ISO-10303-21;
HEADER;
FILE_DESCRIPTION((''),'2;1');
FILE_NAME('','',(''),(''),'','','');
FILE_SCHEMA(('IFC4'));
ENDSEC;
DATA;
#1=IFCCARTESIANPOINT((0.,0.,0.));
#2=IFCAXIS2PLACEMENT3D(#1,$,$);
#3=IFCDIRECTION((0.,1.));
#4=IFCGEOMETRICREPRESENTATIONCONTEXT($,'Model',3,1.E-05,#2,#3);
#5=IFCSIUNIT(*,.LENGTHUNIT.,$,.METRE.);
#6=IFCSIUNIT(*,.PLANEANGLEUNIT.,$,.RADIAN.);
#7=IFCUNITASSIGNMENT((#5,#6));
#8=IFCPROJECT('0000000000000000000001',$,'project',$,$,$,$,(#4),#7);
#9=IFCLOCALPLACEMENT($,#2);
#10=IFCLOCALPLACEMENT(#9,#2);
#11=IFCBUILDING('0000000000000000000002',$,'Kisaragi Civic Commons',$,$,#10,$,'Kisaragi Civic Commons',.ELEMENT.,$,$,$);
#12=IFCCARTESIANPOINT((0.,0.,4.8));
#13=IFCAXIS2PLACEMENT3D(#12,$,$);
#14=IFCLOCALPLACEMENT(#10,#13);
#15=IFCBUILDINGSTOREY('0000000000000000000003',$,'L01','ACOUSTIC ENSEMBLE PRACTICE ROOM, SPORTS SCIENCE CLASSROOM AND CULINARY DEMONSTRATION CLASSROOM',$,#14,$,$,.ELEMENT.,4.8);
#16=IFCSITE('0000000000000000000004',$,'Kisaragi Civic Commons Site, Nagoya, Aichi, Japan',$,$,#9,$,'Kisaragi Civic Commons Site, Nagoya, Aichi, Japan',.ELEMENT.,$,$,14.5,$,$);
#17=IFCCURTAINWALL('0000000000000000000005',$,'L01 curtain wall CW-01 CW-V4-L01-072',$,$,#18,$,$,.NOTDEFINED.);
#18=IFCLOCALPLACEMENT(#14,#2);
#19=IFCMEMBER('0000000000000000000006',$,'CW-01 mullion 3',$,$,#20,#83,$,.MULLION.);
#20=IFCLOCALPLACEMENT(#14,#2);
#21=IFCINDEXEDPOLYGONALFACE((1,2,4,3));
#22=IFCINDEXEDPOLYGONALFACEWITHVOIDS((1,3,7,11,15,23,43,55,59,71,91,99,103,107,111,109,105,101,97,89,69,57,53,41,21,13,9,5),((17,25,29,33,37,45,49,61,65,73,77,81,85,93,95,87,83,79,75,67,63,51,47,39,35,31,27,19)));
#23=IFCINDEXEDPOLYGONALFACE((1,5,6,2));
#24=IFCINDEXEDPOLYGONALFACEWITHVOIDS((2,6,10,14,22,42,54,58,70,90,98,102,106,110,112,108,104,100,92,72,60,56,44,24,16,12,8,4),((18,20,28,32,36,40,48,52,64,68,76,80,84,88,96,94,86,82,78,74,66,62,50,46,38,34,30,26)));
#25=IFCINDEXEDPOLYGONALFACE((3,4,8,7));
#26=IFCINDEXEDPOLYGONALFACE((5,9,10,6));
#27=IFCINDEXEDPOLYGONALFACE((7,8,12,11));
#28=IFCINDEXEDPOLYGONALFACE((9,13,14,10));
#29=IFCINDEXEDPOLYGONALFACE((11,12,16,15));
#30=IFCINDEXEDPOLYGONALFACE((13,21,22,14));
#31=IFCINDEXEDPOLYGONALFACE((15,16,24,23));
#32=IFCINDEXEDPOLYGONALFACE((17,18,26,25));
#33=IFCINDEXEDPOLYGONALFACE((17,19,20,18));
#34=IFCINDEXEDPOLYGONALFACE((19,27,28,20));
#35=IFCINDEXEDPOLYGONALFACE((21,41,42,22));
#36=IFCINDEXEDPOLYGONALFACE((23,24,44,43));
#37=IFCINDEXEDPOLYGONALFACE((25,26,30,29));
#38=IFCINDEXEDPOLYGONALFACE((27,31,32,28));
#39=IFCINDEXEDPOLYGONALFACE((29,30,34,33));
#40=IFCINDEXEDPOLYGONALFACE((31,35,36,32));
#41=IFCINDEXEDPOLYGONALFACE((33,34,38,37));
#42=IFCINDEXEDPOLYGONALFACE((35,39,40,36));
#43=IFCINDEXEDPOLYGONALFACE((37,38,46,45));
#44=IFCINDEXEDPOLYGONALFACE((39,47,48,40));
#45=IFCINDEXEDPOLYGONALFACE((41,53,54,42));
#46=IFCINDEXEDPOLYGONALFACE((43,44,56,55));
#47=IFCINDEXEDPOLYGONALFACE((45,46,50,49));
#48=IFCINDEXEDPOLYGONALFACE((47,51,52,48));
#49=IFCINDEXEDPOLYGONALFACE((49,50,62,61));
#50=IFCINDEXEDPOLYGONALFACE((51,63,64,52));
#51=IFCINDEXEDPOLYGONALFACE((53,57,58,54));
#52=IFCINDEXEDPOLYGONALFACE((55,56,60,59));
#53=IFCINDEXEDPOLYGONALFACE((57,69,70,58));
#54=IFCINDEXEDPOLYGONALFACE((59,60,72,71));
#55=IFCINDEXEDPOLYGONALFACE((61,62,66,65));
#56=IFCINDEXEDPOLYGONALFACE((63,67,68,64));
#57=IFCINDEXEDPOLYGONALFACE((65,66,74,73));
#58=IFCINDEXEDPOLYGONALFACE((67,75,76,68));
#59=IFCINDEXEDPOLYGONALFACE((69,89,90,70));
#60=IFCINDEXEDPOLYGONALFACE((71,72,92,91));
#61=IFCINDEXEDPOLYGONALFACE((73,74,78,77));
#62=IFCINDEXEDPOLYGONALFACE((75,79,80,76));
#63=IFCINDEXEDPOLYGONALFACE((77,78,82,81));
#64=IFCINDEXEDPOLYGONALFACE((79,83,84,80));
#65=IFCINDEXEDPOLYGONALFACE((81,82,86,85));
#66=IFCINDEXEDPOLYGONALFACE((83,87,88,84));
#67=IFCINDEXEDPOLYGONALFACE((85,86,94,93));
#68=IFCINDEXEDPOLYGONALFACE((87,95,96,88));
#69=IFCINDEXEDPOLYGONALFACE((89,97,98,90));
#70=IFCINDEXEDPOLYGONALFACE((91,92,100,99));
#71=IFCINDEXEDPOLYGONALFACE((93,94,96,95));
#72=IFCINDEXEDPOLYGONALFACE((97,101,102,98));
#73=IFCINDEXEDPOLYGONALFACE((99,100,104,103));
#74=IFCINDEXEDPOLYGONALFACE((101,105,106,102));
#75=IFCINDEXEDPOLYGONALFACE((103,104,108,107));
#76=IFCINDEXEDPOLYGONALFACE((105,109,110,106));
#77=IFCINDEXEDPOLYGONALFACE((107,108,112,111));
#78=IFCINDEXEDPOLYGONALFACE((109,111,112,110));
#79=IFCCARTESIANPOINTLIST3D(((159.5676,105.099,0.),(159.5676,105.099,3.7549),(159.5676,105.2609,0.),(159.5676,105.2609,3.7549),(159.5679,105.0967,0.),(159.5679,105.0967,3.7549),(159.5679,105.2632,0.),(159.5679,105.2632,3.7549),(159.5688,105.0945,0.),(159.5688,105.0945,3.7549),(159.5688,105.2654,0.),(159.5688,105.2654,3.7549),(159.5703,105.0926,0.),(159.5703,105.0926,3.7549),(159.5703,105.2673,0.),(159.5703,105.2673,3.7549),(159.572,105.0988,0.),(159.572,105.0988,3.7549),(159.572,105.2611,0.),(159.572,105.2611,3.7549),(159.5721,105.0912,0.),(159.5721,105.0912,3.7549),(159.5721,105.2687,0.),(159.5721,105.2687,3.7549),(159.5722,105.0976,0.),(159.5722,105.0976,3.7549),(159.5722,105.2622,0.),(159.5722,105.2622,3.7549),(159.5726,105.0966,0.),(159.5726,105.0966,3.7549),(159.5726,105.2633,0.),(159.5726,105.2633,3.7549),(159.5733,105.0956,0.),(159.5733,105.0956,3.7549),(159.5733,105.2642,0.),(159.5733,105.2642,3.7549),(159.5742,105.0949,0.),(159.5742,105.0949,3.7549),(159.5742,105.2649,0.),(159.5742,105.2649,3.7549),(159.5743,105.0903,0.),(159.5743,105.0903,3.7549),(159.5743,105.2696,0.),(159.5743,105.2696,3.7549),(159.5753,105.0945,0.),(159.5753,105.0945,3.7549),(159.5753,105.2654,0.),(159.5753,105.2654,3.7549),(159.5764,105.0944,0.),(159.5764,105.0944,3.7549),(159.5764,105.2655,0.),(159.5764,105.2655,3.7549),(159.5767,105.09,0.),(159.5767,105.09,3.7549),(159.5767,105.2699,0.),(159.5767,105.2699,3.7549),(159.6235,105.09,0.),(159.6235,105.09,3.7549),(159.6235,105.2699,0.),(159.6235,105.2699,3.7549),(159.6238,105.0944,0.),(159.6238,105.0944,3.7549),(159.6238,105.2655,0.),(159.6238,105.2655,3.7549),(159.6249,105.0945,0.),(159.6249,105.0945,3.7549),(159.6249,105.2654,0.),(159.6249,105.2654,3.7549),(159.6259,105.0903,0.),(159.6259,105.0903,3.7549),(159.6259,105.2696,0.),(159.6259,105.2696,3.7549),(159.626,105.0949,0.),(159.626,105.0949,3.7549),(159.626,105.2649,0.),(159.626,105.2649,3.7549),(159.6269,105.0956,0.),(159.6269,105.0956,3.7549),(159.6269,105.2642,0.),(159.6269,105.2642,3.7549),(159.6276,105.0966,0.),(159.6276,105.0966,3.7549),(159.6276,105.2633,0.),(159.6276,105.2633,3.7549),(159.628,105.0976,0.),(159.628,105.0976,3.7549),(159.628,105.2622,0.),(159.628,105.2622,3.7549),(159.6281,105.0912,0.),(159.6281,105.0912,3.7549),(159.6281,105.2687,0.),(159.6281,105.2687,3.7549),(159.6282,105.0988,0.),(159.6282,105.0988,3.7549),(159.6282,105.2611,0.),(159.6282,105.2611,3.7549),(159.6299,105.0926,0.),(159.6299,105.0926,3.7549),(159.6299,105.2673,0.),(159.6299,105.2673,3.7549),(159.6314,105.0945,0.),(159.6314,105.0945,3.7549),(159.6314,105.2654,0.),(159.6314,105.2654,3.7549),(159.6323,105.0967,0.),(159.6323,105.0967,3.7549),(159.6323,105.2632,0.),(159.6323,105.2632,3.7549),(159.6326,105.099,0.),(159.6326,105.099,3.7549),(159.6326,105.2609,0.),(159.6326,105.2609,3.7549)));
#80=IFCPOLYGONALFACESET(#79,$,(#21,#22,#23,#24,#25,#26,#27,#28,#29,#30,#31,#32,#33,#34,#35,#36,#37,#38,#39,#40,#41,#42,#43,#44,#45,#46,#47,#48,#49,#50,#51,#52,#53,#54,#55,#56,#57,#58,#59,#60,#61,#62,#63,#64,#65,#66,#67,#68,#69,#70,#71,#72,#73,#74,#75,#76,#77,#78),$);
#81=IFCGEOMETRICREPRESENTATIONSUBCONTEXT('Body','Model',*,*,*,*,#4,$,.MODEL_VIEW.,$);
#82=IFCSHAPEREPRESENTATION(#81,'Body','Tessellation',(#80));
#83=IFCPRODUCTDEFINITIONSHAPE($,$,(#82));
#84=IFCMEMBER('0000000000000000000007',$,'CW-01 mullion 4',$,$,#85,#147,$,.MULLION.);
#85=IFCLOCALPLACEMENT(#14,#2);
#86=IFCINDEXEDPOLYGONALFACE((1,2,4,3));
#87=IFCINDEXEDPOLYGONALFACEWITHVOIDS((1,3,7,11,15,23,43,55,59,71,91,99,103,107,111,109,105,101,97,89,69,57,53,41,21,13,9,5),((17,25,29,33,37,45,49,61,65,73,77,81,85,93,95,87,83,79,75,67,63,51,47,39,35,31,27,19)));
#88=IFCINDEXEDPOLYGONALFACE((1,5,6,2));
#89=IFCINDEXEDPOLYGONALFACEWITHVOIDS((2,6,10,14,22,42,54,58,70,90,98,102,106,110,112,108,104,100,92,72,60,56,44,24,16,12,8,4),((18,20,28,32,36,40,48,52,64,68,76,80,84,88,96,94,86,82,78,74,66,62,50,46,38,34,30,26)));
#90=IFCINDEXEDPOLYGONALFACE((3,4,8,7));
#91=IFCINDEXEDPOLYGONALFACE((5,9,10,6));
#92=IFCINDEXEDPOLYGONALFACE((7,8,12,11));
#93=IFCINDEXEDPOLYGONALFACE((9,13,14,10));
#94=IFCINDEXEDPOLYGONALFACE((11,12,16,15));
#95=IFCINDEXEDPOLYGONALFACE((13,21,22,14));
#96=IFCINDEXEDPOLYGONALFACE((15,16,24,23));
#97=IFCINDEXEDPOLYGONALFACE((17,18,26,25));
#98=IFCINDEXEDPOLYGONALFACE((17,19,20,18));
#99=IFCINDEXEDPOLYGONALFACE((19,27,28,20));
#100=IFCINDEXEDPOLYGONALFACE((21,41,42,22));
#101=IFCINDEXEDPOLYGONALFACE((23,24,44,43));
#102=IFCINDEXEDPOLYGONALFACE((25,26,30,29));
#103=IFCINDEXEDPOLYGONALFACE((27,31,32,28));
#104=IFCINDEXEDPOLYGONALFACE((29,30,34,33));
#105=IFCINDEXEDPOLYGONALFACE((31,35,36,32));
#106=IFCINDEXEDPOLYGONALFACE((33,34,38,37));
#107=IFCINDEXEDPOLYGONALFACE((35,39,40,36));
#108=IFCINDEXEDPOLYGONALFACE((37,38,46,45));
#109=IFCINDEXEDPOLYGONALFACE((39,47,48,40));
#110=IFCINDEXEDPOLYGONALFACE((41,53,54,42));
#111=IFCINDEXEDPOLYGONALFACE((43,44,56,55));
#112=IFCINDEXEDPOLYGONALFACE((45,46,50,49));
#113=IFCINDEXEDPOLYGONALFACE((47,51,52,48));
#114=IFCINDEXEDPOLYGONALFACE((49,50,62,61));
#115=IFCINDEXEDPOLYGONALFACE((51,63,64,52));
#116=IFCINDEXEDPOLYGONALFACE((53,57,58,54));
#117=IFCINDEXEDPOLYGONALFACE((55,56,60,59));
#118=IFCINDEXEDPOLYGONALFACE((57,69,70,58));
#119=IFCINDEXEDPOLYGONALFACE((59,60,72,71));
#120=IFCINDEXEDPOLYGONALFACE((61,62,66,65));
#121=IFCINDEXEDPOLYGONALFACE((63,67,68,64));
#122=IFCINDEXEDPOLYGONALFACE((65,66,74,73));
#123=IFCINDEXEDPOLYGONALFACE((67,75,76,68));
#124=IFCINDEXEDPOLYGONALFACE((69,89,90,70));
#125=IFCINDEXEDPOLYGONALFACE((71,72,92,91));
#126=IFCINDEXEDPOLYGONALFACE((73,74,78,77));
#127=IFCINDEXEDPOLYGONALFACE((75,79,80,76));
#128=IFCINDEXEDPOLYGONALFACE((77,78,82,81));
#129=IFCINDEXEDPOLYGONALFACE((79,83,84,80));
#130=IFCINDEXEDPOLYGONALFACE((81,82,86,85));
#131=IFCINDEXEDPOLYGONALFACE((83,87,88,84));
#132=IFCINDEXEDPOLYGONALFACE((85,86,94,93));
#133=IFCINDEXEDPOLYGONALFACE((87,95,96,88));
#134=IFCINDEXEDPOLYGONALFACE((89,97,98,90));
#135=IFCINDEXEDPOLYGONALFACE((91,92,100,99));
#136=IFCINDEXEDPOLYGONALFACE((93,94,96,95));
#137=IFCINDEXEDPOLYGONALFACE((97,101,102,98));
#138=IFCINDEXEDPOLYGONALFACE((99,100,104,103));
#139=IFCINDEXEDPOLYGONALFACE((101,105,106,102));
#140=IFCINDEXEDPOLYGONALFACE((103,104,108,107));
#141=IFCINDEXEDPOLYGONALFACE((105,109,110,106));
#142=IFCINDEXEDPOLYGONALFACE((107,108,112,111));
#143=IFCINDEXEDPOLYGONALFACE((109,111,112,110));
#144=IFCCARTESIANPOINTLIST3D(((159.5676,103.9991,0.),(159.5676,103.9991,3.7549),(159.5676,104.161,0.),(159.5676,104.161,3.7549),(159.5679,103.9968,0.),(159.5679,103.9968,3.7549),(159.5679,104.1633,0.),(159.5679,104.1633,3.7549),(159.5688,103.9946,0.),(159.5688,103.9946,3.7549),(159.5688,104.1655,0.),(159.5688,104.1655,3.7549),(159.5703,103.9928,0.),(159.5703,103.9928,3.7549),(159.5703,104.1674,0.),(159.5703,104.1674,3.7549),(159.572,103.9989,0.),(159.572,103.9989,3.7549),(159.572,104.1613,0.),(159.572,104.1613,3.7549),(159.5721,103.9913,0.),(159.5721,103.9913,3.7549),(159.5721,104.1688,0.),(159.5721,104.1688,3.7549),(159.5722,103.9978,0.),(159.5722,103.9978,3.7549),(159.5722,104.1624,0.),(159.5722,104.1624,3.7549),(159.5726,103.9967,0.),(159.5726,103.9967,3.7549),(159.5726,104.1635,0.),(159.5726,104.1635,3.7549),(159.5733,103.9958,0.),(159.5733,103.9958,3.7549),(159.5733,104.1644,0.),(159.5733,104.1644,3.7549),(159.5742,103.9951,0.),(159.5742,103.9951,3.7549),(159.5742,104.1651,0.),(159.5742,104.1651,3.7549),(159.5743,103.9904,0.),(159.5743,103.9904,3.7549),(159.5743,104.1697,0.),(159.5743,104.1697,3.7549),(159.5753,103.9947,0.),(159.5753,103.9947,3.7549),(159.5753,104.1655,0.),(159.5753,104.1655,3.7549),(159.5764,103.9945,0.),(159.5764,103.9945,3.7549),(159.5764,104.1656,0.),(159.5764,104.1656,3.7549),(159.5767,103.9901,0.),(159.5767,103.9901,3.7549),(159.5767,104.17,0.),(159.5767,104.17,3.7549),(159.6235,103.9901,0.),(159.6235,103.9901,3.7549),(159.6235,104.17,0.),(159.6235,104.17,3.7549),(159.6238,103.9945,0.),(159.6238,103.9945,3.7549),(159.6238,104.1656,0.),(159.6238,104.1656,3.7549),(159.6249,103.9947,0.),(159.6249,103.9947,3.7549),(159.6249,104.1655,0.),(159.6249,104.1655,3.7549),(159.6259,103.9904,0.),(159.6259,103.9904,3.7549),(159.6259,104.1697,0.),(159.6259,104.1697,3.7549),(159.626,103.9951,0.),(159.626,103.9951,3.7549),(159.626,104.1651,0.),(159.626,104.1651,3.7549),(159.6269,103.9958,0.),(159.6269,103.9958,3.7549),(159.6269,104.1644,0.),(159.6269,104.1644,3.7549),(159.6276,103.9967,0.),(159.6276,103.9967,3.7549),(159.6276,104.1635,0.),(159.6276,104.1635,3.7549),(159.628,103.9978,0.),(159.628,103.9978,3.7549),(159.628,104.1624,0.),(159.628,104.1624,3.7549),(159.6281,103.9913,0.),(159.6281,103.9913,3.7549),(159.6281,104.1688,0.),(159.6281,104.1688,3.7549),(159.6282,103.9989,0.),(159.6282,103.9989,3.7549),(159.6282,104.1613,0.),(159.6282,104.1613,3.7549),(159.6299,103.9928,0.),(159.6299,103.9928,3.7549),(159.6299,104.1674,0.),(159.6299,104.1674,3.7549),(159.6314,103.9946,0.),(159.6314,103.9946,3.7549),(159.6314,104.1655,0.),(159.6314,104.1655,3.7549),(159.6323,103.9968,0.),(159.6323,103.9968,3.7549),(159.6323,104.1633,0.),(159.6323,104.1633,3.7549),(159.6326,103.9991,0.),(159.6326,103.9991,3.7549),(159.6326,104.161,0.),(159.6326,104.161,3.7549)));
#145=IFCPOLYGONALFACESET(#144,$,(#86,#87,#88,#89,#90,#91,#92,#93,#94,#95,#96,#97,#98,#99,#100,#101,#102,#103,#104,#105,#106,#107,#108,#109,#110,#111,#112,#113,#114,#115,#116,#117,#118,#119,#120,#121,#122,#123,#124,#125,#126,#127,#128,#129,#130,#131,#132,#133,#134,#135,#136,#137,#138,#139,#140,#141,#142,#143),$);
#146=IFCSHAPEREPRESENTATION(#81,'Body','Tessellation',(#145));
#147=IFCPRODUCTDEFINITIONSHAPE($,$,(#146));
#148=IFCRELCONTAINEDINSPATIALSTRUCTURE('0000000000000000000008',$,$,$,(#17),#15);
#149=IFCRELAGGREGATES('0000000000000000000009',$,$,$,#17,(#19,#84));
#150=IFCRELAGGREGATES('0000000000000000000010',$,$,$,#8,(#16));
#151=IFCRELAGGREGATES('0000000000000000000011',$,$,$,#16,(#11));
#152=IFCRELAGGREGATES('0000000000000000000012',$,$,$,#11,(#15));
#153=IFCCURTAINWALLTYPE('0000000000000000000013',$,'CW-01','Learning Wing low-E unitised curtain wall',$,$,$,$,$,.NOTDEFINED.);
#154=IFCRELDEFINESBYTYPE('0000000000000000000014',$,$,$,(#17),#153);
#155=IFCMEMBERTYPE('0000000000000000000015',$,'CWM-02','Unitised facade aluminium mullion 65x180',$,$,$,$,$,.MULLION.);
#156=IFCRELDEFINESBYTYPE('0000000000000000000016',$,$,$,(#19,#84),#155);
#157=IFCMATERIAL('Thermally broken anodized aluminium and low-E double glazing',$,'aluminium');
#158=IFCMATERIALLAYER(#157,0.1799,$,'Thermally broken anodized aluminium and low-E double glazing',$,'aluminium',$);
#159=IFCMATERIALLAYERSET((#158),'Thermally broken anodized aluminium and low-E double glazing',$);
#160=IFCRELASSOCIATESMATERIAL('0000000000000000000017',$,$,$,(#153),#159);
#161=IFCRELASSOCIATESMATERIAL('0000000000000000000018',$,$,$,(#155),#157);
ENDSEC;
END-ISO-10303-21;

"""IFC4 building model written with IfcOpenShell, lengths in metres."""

from ifc_helpers import new_model, si_unit, direction, frame, origin, origin_2d, place, context, subcontext, project, spatial, hollow_rectangle, extrude, material, layer, layer_set, material_profile, profile_set, type_object, element, aggregate, save


model = new_model("IFC4")

# Units and contexts
model_context = context("Model", 3, precision=1e-05, world=origin(), true_north=direction((0.0, 1.0)))
body_context = subcontext(model_context, "Body", "Model", "MODEL_VIEW")
ifc_project = project(units=[si_unit("LENGTHUNIT", "METRE"), si_unit("PLANEANGLEUNIT", "RADIAN")], contexts=[model_context])

# Site, building, storey
site_placement = place(None, origin())
site = spatial("IfcSite", under=ifc_project, at=site_placement, Name="Kisaragi Civic Commons Site, Nagoya, Aichi, Japan", LongName="Kisaragi Civic Commons Site, Nagoya, Aichi, Japan", CompositionType="ELEMENT", RefElevation=14.5)
building_placement = place(site_placement, origin())
building = spatial("IfcBuilding", under=site, at=building_placement, Name="Kisaragi Civic Commons", LongName="Kisaragi Civic Commons", CompositionType="ELEMENT")
storey_placement = place(building_placement, frame((0.0, 0.0, 4.8)))
storey = spatial("IfcBuildingStorey", under=building, at=storey_placement, Name="L01", Description="ACOUSTIC ENSEMBLE PRACTICE ROOM, SPORTS SCIENCE CLASSROOM AND CULINARY DEMONSTRATION CLASSROOM", CompositionType="ELEMENT", Elevation=4.8)

# Curtain wall, members
ifc_material = material(Name="Thermally broken anodized aluminium and low-E double glazing", Category="aluminium")
ifc_layer_1 = layer(ifc_material, 0.1799, Name="Thermally broken anodized aluminium and low-E double glazing", Category="aluminium")
ifc_layer_set_1 = layer_set([ifc_layer_1], Name="Thermally broken anodized aluminium and low-E double glazing")
curtain_wall_type = type_object("IfcCurtainWallType", Name="CW-01", Description="Learning Wing low-E unitised curtain wall", PredefinedType="NOTDEFINED", material=ifc_layer_set_1)
curtain_wall_placement = place(storey_placement, origin())
curtain_wall = element("IfcCurtainWall", 1, at=curtain_wall_placement, inside=storey, type_object=curtain_wall_type, Name="L01 curtain wall CW-01 CW-V4-L01-072", PredefinedType="NOTDEFINED")
ifc_material_profile_1 = material_profile(ifc_material, hollow_rectangle(XDim=0.0649, YDim=0.1799, WallThickness=0.0044, InnerFilletRadius=0.0044, OuterFilletRadius=0.009, at=origin_2d()), Name="CWM-65x180x4.5", Category="aluminium")
ifc_profile_set_1 = profile_set([ifc_material_profile_1], Name="Thermally broken anodized aluminium and low-E double glazing")
member_type_1 = type_object("IfcMemberType", Name="CWM-02", Description="Unitised facade aluminium mullion 65x180", PredefinedType="MULLION", material=ifc_profile_set_1)
member_1_placement = place(storey_placement, frame((159.6001, 105.1799, 0.0), z_axis=(0.0, 0.0, 1.0), x_axis=(1.0, 0.0, 0.0)))
member_1 = element("IfcMember", 2, at=member_1_placement, type_object=member_type_1, Name="CW-01 mullion 3", PredefinedType="MULLION", context=body_context, shape_type="SweptSolid", body=[
    extrude(hollow_rectangle(XDim=0.0649, YDim=0.1799, WallThickness=0.0044, InnerFilletRadius=0.0044, OuterFilletRadius=0.009, at=origin_2d()), origin(), (0.0, 0.0, 1.0), 3.7549),
])
member_2_placement = place(storey_placement, frame((159.6001, 104.0801, 0.0), z_axis=(0.0, 0.0, 1.0), x_axis=(1.0, 0.0, 0.0)))
member_2 = element("IfcMember", 3, at=member_2_placement, type_object=member_type_1, Name="CW-01 mullion 4", PredefinedType="MULLION", context=body_context, shape_type="SweptSolid", body=[
    extrude(hollow_rectangle(XDim=0.0649, YDim=0.1799, WallThickness=0.0044, InnerFilletRadius=0.0044, OuterFilletRadius=0.009, at=origin_2d()), origin(), (0.0, 0.0, 1.0), 3.7549),
])
aggregate(curtain_wall, [member_1, member_2])

save(model, "model.ifc")
